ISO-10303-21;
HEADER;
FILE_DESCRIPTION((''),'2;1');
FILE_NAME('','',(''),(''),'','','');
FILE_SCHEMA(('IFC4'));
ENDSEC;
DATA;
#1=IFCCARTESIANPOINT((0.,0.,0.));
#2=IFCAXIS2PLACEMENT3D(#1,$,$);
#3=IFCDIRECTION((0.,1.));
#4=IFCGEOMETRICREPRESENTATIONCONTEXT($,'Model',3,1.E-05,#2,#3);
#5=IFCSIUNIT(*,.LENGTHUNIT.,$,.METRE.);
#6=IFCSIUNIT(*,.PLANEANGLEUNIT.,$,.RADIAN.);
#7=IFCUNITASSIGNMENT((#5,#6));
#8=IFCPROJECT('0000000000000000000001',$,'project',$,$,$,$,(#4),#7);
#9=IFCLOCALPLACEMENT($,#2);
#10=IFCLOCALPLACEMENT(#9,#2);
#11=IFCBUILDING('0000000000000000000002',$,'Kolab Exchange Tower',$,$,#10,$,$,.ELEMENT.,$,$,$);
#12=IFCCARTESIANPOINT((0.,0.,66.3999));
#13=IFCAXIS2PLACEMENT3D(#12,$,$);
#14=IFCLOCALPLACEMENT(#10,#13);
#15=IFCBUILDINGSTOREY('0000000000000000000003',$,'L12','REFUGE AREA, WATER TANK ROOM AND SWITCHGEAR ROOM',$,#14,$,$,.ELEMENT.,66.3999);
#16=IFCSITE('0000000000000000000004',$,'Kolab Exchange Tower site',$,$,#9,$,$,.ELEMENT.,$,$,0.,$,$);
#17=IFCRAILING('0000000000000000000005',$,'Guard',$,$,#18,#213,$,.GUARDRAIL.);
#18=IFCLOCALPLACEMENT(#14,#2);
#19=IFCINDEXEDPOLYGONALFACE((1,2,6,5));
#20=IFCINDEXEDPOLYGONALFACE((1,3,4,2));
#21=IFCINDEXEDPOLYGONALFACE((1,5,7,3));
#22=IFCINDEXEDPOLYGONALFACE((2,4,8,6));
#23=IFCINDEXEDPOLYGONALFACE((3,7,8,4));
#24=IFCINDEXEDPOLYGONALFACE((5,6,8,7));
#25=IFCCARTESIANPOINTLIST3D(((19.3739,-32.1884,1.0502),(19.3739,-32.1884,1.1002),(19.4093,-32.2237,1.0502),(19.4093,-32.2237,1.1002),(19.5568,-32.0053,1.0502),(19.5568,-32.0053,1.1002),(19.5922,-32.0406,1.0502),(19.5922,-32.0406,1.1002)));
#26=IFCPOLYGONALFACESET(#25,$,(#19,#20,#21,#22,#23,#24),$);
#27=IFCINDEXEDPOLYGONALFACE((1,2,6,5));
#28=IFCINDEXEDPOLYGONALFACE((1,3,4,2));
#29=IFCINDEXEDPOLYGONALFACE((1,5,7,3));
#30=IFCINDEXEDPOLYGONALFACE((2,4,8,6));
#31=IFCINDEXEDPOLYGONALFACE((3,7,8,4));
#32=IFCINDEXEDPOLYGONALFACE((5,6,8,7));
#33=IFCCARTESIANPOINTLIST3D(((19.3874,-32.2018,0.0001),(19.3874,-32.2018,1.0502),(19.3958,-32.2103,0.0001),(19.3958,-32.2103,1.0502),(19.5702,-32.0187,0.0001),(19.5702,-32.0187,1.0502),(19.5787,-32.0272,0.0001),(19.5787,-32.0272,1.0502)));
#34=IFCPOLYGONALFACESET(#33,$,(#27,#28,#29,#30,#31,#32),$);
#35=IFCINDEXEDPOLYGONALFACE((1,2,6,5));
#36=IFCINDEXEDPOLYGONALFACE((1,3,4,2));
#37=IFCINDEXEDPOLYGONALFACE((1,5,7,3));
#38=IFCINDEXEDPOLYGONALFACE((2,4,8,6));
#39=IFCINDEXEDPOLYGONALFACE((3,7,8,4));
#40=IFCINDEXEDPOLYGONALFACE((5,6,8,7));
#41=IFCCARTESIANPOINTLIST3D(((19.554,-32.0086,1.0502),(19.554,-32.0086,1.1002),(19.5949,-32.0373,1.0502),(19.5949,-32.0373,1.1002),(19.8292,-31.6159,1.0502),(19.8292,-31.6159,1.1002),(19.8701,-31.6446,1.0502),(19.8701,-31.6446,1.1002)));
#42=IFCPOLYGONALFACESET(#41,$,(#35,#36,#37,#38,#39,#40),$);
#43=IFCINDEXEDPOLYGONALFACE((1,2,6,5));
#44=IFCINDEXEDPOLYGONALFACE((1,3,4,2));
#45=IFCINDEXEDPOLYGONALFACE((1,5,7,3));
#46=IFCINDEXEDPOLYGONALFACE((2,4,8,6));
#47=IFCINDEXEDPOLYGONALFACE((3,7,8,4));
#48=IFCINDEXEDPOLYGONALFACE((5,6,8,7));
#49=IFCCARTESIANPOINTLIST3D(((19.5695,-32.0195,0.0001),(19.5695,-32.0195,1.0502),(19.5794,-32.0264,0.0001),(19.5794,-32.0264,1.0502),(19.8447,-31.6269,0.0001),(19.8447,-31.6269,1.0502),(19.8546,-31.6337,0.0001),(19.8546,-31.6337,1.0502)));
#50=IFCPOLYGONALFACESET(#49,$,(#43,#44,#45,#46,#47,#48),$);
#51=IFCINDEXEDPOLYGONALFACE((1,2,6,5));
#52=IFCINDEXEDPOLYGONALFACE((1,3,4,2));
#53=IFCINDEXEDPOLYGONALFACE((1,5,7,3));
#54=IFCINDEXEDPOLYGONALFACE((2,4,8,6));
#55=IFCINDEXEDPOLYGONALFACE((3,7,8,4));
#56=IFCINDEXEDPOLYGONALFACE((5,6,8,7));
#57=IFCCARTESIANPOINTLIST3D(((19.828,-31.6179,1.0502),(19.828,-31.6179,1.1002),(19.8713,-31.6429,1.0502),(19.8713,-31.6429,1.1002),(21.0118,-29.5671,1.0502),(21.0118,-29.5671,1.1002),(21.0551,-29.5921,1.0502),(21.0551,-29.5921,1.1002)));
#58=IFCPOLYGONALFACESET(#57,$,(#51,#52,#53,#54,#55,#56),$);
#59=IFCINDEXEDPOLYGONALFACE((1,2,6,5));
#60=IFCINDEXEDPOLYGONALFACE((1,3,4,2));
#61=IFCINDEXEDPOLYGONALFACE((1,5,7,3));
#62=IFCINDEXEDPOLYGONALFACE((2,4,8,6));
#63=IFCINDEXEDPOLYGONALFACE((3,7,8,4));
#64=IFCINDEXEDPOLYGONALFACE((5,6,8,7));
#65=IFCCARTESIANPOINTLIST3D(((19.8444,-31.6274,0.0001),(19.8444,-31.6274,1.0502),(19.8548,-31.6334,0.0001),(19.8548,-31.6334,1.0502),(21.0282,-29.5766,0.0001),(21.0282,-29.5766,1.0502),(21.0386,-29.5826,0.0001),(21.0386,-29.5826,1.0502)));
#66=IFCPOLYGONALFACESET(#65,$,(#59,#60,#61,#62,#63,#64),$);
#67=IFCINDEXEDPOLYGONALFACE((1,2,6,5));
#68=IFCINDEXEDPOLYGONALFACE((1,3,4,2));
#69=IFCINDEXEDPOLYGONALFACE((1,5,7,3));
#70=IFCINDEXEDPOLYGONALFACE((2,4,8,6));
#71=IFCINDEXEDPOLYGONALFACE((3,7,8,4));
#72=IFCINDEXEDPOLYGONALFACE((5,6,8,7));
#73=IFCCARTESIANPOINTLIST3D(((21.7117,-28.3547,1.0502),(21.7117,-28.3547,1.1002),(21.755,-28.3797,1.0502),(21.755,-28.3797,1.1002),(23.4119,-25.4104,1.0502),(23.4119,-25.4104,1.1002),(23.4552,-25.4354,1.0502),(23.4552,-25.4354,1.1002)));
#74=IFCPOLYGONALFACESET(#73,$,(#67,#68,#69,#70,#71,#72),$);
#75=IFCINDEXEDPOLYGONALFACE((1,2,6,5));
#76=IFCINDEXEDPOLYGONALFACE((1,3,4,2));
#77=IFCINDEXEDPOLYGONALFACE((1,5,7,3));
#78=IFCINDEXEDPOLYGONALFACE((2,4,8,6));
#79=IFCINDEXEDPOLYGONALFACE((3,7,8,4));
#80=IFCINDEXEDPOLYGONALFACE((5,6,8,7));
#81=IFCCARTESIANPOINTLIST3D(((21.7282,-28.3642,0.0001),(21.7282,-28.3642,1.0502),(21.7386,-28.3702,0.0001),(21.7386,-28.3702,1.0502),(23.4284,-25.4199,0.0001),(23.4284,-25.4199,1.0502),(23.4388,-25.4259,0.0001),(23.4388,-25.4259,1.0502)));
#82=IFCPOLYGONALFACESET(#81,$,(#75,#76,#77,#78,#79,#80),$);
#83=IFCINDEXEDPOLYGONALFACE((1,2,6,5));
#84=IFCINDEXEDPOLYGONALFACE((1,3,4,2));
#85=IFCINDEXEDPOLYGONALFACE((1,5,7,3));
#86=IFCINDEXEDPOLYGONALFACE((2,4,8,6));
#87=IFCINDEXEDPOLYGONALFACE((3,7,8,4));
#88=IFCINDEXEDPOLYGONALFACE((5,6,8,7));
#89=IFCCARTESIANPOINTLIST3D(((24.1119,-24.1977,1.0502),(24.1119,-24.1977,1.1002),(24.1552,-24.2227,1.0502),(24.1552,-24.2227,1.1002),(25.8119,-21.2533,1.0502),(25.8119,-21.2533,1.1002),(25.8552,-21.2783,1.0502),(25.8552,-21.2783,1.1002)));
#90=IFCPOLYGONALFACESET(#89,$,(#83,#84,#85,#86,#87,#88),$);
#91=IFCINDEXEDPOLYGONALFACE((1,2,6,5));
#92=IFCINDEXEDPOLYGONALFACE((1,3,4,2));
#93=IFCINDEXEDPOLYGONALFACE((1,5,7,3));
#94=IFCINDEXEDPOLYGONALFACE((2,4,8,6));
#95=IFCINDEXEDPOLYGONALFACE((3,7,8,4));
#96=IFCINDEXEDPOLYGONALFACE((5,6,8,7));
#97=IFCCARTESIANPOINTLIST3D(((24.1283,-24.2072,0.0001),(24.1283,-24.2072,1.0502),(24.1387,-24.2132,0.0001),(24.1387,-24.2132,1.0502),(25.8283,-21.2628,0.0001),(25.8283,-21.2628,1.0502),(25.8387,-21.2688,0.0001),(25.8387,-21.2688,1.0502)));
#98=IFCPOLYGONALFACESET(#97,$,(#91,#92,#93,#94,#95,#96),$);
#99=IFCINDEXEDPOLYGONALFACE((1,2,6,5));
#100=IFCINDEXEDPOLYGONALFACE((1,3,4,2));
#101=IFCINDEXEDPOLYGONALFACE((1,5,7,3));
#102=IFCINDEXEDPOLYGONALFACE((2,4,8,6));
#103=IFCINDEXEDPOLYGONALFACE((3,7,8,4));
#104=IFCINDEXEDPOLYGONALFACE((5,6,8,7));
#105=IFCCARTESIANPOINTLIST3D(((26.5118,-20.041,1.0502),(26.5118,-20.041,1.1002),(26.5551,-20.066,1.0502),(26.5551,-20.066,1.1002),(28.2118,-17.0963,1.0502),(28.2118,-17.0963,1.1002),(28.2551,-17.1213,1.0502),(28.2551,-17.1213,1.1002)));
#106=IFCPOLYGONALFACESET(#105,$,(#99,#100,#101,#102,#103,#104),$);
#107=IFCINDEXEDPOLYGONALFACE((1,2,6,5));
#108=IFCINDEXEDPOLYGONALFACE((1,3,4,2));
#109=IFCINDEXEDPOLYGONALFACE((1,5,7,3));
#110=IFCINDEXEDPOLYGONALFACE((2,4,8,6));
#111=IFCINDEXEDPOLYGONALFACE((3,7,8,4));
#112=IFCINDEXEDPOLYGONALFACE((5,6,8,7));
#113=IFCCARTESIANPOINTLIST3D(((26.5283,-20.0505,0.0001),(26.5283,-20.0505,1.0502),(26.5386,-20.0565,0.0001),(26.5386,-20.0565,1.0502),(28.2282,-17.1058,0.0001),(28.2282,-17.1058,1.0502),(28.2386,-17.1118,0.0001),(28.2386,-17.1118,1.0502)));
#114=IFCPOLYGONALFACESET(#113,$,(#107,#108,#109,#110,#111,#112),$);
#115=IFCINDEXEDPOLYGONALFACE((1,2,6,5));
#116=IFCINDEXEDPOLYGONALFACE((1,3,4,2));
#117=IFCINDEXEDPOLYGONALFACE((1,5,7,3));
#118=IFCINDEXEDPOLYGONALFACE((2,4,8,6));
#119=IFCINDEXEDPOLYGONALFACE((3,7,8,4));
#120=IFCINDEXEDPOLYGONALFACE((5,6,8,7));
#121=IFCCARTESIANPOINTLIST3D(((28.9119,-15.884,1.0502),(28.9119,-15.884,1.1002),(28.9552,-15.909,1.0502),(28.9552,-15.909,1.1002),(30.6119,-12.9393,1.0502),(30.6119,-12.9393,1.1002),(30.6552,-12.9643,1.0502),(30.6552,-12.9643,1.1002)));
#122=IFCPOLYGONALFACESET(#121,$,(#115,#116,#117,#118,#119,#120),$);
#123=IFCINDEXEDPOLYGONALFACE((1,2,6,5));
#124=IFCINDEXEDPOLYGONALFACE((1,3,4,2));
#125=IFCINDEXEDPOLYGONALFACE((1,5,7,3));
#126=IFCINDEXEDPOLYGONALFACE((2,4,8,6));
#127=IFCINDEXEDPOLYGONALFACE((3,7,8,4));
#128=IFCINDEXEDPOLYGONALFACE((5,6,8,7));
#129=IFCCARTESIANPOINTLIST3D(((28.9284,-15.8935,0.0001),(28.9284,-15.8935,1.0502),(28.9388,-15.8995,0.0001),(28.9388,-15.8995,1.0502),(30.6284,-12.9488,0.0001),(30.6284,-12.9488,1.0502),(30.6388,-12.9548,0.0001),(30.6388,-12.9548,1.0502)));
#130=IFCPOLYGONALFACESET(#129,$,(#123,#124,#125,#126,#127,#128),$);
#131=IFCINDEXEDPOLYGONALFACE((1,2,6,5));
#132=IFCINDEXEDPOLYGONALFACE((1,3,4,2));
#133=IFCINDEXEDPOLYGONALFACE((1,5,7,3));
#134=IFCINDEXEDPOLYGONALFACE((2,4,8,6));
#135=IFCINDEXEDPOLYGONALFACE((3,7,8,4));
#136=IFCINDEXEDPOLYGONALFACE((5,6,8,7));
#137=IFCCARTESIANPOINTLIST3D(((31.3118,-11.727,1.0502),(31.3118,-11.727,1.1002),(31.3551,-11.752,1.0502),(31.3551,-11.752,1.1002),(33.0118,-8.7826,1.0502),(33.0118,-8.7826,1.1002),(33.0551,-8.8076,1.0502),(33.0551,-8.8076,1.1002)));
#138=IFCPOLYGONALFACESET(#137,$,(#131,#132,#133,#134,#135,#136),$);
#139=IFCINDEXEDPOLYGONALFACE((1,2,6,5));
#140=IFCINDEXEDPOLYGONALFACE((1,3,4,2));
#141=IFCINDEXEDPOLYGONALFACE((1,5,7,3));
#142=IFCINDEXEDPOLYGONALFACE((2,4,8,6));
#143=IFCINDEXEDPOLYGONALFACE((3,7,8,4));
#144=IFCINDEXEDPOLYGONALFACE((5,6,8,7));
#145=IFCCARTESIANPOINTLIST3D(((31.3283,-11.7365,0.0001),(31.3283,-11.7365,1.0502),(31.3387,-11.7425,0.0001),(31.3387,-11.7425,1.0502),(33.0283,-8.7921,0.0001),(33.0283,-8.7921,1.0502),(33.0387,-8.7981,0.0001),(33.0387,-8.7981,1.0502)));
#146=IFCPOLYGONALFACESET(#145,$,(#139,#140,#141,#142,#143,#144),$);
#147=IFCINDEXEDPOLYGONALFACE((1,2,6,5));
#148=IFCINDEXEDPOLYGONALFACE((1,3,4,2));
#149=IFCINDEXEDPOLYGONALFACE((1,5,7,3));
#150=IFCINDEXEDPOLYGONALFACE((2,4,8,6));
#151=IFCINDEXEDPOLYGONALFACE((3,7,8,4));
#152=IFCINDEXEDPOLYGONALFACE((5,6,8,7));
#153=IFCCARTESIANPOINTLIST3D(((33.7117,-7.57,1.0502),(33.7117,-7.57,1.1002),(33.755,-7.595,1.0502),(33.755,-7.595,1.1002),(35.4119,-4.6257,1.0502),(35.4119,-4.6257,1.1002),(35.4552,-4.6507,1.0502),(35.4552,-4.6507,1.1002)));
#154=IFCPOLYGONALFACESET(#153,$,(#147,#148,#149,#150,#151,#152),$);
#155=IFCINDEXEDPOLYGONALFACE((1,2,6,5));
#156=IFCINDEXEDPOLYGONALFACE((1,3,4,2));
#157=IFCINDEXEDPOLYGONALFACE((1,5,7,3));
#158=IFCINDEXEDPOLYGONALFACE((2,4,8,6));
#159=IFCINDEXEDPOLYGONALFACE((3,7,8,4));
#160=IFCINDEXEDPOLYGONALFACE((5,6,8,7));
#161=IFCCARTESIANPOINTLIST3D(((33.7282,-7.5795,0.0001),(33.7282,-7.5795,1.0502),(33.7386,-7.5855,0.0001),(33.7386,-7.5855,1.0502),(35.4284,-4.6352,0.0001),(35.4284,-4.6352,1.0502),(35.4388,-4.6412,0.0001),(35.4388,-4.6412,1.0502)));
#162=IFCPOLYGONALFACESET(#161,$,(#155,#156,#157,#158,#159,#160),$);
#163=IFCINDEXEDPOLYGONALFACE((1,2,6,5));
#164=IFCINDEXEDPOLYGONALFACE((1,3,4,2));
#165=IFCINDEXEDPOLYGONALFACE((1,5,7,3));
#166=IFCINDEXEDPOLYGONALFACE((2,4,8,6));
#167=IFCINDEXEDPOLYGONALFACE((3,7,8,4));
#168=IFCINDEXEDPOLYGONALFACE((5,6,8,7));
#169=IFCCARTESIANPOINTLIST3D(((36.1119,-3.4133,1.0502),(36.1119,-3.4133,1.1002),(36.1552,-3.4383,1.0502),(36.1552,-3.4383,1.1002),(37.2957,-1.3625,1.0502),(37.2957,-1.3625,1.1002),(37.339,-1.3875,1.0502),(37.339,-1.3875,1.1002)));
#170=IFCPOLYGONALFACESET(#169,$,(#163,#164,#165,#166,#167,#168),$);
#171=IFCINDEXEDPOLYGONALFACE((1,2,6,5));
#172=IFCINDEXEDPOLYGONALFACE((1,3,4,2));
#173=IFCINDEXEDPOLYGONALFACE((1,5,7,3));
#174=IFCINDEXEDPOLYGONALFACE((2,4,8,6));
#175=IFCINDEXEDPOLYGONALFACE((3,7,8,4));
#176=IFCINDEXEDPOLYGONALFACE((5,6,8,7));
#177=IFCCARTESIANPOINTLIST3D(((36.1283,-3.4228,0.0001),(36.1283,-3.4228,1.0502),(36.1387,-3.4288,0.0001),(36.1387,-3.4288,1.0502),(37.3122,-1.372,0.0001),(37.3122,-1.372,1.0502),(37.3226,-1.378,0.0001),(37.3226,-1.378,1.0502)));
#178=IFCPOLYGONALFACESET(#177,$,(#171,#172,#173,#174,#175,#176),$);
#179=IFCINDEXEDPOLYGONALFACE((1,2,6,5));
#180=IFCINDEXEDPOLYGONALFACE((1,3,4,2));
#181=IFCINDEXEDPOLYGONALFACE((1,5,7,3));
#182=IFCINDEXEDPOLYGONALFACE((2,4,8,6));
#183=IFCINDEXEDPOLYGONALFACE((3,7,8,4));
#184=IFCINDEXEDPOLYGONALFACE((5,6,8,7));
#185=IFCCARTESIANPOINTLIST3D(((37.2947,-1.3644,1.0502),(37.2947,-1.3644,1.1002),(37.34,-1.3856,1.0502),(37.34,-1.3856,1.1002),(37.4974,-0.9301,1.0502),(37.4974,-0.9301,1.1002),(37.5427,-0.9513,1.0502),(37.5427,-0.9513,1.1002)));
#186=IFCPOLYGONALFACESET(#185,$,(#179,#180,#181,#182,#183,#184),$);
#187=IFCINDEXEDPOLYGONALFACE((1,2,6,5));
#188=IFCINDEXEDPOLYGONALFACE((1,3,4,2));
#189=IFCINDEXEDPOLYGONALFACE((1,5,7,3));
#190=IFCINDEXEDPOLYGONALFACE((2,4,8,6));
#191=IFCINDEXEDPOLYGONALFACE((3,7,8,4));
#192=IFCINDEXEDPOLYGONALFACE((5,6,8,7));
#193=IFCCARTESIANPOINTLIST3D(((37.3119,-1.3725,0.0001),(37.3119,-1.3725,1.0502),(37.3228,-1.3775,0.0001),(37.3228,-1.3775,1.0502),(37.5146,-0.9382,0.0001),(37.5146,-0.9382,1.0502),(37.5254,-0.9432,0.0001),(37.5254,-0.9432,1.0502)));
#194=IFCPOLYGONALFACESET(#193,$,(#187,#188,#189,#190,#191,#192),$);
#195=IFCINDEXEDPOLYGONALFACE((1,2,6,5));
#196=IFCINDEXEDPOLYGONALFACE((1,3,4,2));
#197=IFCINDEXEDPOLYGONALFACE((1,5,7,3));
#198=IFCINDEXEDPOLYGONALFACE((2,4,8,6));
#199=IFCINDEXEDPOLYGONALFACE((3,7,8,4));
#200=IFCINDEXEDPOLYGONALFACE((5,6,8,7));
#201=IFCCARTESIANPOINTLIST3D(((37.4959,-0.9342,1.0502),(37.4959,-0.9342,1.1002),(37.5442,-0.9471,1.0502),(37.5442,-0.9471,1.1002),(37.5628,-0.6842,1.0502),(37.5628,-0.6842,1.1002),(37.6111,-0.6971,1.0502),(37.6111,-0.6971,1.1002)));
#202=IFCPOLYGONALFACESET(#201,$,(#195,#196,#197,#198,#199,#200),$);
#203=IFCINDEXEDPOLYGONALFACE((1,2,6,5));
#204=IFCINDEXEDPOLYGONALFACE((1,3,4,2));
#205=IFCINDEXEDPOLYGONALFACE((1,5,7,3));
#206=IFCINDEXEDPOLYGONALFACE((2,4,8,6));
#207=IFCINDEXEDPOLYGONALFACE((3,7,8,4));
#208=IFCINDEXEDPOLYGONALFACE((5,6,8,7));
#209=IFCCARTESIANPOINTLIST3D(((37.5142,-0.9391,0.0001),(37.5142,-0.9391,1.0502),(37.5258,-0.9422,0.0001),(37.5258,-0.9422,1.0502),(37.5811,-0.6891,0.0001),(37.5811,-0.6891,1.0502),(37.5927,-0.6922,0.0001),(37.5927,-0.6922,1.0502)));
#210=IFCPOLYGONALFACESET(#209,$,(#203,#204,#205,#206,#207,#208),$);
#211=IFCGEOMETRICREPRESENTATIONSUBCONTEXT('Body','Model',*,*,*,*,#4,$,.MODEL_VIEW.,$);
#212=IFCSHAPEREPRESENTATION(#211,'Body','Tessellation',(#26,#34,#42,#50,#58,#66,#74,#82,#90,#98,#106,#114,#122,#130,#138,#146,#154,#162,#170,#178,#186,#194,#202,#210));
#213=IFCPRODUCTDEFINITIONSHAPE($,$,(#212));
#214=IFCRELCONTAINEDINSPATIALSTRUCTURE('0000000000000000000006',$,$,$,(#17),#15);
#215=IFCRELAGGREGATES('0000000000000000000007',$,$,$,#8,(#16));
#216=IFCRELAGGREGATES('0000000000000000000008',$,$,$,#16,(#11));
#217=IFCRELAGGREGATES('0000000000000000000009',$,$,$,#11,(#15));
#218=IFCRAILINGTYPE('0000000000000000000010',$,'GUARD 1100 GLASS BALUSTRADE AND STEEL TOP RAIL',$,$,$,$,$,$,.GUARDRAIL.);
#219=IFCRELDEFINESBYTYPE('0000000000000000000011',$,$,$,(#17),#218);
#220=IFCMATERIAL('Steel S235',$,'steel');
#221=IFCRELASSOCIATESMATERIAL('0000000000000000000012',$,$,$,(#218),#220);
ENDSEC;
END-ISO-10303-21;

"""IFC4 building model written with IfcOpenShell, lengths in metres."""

from ifc_helpers import new_model, si_unit, direction, frame, frame_2d, origin, origin_2d, place, context, subcontext, project, spatial, rectangle, extrude, material, type_object, element, save


model = new_model("IFC4")

# Units and contexts
model_context = context("Model", 3, precision=1e-05, world=origin(), true_north=direction((0.0, 1.0)))
body_context = subcontext(model_context, "Body", "Model", "MODEL_VIEW")
ifc_project = project(units=[si_unit("LENGTHUNIT", "METRE"), si_unit("PLANEANGLEUNIT", "RADIAN")], contexts=[model_context])

# Site, building, storey
site_placement = place(None, origin())
site = spatial("IfcSite", under=ifc_project, at=site_placement, Name="Kolab Exchange Tower site", CompositionType="ELEMENT", RefElevation=0.0)
building_placement = place(site_placement, origin())
building = spatial("IfcBuilding", under=site, at=building_placement, Name="Kolab Exchange Tower", CompositionType="ELEMENT")
storey_placement = place(building_placement, frame((0.0, 0.0, 66.3999)))
storey = spatial("IfcBuildingStorey", under=building, at=storey_placement, Name="L12", Description="REFUGE AREA, WATER TANK ROOM AND SWITCHGEAR ROOM", CompositionType="ELEMENT", Elevation=66.3999)

# Railing
ifc_material_1 = material(Name="Steel S235", Category="steel")
railing_type = type_object("IfcRailingType", Name="GUARD 1100 GLASS BALUSTRADE AND STEEL TOP RAIL", PredefinedType="GUARDRAIL", material=ifc_material_1)
railing_placement = place(storey_placement, frame((19.3916, -32.2061, 0.0)))
element("IfcRailing", 1, at=railing_placement, inside=storey, type_object=railing_type, Name="Guard", PredefinedType="GUARDRAIL", context=body_context, shape_type="SweptSolid", body=[
    extrude(rectangle(XDim=0.05, YDim=0.05, at=origin_2d()), frame((0.0, 0.0, 1.0752), z_axis=(0.706635, 0.707578, 0.0), x_axis=(-0.707578, 0.706635, 0.0)), (0.0, 0.0, 1.0), 0.2588),
    extrude(rectangle(XDim=0.012, YDim=1.0501, at=frame_2d((0.0, 0.5251))), frame((0.0, 0.0, 0.0), z_axis=(0.706635, 0.707578, 0.0), x_axis=(-0.707578, 0.706635, 0.0)), (0.0, 0.0, 1.0), 0.2588),
    extrude(rectangle(XDim=0.05, YDim=0.05, at=origin_2d()), frame((0.1829, 0.1831, 1.0752), z_axis=(0.573941, 0.818897, 0.0), x_axis=(-0.818897, 0.573941, 0.0)), (0.0, 0.0, 1.0), 0.4795),
    extrude(rectangle(XDim=0.012, YDim=1.0501, at=frame_2d((0.0, 0.5251))), frame((0.1829, 0.1831, 0.0), z_axis=(0.573941, 0.818897, 0.0), x_axis=(-0.818897, 0.573941, 0.0)), (0.0, 0.0, 1.0), 0.4795),
    extrude(rectangle(XDim=0.05, YDim=0.05, at=origin_2d()), frame((0.458, 0.5757, 1.0752), z_axis=(0.499943, 0.866059, 0.0), x_axis=(-0.866059, 0.499943, 0.0)), (0.0, 0.0, 1.0), 2.3679),
    extrude(rectangle(XDim=0.012, YDim=1.0501, at=frame_2d((0.0, 0.5251))), frame((0.458, 0.5757, 0.0), z_axis=(0.499943, 0.866059, 0.0), x_axis=(-0.866059, 0.499943, 0.0)), (0.0, 0.0, 1.0), 2.3679),
    extrude(rectangle(XDim=0.05, YDim=0.05, at=origin_2d()), frame((2.3418, 3.8389, 1.0752), z_axis=(0.500062, 0.865989, 0.0), x_axis=(-0.865989, 0.500062, 0.0)), (0.0, 0.0, 1.0), 3.3999),
    extrude(rectangle(XDim=0.012, YDim=1.0501, at=frame_2d((0.0, 0.5251))), frame((2.3418, 3.8389, 0.0), z_axis=(0.500062, 0.865989, 0.0), x_axis=(-0.865989, 0.500062, 0.0)), (0.0, 0.0, 1.0), 3.3999),
    extrude(rectangle(XDim=0.05, YDim=0.05, at=origin_2d()), frame((4.7419, 7.9958, 1.0752), z_axis=(0.500008, 0.866021, 0.0), x_axis=(-0.866021, 0.500008, 0.0)), (0.0, 0.0, 1.0), 3.3999),
    extrude(rectangle(XDim=0.012, YDim=1.0501, at=frame_2d((0.0, 0.5251))), frame((4.7419, 7.9958, 0.0), z_axis=(0.500008, 0.866021, 0.0), x_axis=(-0.866021, 0.500008, 0.0)), (0.0, 0.0, 1.0), 3.3999),
    extrude(rectangle(XDim=0.05, YDim=0.05, at=origin_2d()), frame((7.1418, 12.1526, 1.0752), z_axis=(0.499977, 0.866039, 0.0), x_axis=(-0.866039, 0.499977, 0.0)), (0.0, 0.0, 1.0), 3.4001),
    extrude(rectangle(XDim=0.012, YDim=1.0501, at=frame_2d((0.0, 0.5251))), frame((7.1418, 12.1526, 0.0), z_axis=(0.499977, 0.866039, 0.0), x_axis=(-0.866039, 0.499977, 0.0)), (0.0, 0.0, 1.0), 3.4001),
    extrude(rectangle(XDim=0.05, YDim=0.05, at=origin_2d()), frame((9.542, 16.3096, 1.0752), z_axis=(0.499977, 0.866039, 0.0), x_axis=(-0.866039, 0.499977, 0.0)), (0.0, 0.0, 1.0), 3.4001),
    extrude(rectangle(XDim=0.012, YDim=1.0501, at=frame_2d((0.0, 0.5251))), frame((9.542, 16.3096, 0.0), z_axis=(0.499977, 0.866039, 0.0), x_axis=(-0.866039, 0.499977, 0.0)), (0.0, 0.0, 1.0), 3.4001),
    extrude(rectangle(XDim=0.05, YDim=0.05, at=origin_2d()), frame((11.9419, 20.4666, 1.0752), z_axis=(0.500008, 0.866021, 0.0), x_axis=(-0.866021, 0.500008, 0.0)), (0.0, 0.0, 1.0), 3.3999),
    extrude(rectangle(XDim=0.012, YDim=1.0501, at=frame_2d((0.0, 0.5251))), frame((11.9419, 20.4666, 0.0), z_axis=(0.500008, 0.866021, 0.0), x_axis=(-0.866021, 0.500008, 0.0)), (0.0, 0.0, 1.0), 3.3999),
    extrude(rectangle(XDim=0.05, YDim=0.05, at=origin_2d()), frame((14.3418, 24.6235, 1.0752), z_axis=(0.500062, 0.865989, 0.0), x_axis=(-0.865989, 0.500062, 0.0)), (0.0, 0.0, 1.0), 3.3999),
    extrude(rectangle(XDim=0.012, YDim=1.0501, at=frame_2d((0.0, 0.5251))), frame((14.3418, 24.6235, 0.0), z_axis=(0.500062, 0.865989, 0.0), x_axis=(-0.865989, 0.500062, 0.0)), (0.0, 0.0, 1.0), 3.3999),
    extrude(rectangle(XDim=0.05, YDim=0.05, at=origin_2d()), frame((16.7419, 28.7803, 1.0752), z_axis=(0.499943, 0.866059, 0.0), x_axis=(-0.866059, 0.499943, 0.0)), (0.0, 0.0, 1.0), 2.3679),
    extrude(rectangle(XDim=0.012, YDim=1.0501, at=frame_2d((0.0, 0.5251))), frame((16.7419, 28.7803, 0.0), z_axis=(0.499943, 0.866059, 0.0), x_axis=(-0.866059, 0.499943, 0.0)), (0.0, 0.0, 1.0), 2.3679),
    extrude(rectangle(XDim=0.05, YDim=0.05, at=origin_2d()), frame((17.9258, 30.8311, 1.0752), z_axis=(0.422802, 0.906222, 0.0), x_axis=(-0.906222, 0.422802, 0.0)), (0.0, 0.0, 1.0), 0.4792),
    extrude(rectangle(XDim=0.012, YDim=1.0501, at=frame_2d((0.0, 0.5251))), frame((17.9258, 30.8311, 0.0), z_axis=(0.422802, 0.906222, 0.0), x_axis=(-0.906222, 0.422802, 0.0)), (0.0, 0.0, 1.0), 0.4792),
    extrude(rectangle(XDim=0.05, YDim=0.05, at=origin_2d()), frame((18.1284, 31.2654, 1.0752), z_axis=(0.258485, 0.966015, 0.0), x_axis=(-0.966015, 0.258485, 0.0)), (0.0, 0.0, 1.0), 0.2588),
    extrude(rectangle(XDim=0.012, YDim=1.0501, at=frame_2d((0.0, 0.5251))), frame((18.1284, 31.2654, 0.0), z_axis=(0.258485, 0.966015, 0.0), x_axis=(-0.966015, 0.258485, 0.0)), (0.0, 0.0, 1.0), 0.2588),
])

save(model, "model.ifc")
